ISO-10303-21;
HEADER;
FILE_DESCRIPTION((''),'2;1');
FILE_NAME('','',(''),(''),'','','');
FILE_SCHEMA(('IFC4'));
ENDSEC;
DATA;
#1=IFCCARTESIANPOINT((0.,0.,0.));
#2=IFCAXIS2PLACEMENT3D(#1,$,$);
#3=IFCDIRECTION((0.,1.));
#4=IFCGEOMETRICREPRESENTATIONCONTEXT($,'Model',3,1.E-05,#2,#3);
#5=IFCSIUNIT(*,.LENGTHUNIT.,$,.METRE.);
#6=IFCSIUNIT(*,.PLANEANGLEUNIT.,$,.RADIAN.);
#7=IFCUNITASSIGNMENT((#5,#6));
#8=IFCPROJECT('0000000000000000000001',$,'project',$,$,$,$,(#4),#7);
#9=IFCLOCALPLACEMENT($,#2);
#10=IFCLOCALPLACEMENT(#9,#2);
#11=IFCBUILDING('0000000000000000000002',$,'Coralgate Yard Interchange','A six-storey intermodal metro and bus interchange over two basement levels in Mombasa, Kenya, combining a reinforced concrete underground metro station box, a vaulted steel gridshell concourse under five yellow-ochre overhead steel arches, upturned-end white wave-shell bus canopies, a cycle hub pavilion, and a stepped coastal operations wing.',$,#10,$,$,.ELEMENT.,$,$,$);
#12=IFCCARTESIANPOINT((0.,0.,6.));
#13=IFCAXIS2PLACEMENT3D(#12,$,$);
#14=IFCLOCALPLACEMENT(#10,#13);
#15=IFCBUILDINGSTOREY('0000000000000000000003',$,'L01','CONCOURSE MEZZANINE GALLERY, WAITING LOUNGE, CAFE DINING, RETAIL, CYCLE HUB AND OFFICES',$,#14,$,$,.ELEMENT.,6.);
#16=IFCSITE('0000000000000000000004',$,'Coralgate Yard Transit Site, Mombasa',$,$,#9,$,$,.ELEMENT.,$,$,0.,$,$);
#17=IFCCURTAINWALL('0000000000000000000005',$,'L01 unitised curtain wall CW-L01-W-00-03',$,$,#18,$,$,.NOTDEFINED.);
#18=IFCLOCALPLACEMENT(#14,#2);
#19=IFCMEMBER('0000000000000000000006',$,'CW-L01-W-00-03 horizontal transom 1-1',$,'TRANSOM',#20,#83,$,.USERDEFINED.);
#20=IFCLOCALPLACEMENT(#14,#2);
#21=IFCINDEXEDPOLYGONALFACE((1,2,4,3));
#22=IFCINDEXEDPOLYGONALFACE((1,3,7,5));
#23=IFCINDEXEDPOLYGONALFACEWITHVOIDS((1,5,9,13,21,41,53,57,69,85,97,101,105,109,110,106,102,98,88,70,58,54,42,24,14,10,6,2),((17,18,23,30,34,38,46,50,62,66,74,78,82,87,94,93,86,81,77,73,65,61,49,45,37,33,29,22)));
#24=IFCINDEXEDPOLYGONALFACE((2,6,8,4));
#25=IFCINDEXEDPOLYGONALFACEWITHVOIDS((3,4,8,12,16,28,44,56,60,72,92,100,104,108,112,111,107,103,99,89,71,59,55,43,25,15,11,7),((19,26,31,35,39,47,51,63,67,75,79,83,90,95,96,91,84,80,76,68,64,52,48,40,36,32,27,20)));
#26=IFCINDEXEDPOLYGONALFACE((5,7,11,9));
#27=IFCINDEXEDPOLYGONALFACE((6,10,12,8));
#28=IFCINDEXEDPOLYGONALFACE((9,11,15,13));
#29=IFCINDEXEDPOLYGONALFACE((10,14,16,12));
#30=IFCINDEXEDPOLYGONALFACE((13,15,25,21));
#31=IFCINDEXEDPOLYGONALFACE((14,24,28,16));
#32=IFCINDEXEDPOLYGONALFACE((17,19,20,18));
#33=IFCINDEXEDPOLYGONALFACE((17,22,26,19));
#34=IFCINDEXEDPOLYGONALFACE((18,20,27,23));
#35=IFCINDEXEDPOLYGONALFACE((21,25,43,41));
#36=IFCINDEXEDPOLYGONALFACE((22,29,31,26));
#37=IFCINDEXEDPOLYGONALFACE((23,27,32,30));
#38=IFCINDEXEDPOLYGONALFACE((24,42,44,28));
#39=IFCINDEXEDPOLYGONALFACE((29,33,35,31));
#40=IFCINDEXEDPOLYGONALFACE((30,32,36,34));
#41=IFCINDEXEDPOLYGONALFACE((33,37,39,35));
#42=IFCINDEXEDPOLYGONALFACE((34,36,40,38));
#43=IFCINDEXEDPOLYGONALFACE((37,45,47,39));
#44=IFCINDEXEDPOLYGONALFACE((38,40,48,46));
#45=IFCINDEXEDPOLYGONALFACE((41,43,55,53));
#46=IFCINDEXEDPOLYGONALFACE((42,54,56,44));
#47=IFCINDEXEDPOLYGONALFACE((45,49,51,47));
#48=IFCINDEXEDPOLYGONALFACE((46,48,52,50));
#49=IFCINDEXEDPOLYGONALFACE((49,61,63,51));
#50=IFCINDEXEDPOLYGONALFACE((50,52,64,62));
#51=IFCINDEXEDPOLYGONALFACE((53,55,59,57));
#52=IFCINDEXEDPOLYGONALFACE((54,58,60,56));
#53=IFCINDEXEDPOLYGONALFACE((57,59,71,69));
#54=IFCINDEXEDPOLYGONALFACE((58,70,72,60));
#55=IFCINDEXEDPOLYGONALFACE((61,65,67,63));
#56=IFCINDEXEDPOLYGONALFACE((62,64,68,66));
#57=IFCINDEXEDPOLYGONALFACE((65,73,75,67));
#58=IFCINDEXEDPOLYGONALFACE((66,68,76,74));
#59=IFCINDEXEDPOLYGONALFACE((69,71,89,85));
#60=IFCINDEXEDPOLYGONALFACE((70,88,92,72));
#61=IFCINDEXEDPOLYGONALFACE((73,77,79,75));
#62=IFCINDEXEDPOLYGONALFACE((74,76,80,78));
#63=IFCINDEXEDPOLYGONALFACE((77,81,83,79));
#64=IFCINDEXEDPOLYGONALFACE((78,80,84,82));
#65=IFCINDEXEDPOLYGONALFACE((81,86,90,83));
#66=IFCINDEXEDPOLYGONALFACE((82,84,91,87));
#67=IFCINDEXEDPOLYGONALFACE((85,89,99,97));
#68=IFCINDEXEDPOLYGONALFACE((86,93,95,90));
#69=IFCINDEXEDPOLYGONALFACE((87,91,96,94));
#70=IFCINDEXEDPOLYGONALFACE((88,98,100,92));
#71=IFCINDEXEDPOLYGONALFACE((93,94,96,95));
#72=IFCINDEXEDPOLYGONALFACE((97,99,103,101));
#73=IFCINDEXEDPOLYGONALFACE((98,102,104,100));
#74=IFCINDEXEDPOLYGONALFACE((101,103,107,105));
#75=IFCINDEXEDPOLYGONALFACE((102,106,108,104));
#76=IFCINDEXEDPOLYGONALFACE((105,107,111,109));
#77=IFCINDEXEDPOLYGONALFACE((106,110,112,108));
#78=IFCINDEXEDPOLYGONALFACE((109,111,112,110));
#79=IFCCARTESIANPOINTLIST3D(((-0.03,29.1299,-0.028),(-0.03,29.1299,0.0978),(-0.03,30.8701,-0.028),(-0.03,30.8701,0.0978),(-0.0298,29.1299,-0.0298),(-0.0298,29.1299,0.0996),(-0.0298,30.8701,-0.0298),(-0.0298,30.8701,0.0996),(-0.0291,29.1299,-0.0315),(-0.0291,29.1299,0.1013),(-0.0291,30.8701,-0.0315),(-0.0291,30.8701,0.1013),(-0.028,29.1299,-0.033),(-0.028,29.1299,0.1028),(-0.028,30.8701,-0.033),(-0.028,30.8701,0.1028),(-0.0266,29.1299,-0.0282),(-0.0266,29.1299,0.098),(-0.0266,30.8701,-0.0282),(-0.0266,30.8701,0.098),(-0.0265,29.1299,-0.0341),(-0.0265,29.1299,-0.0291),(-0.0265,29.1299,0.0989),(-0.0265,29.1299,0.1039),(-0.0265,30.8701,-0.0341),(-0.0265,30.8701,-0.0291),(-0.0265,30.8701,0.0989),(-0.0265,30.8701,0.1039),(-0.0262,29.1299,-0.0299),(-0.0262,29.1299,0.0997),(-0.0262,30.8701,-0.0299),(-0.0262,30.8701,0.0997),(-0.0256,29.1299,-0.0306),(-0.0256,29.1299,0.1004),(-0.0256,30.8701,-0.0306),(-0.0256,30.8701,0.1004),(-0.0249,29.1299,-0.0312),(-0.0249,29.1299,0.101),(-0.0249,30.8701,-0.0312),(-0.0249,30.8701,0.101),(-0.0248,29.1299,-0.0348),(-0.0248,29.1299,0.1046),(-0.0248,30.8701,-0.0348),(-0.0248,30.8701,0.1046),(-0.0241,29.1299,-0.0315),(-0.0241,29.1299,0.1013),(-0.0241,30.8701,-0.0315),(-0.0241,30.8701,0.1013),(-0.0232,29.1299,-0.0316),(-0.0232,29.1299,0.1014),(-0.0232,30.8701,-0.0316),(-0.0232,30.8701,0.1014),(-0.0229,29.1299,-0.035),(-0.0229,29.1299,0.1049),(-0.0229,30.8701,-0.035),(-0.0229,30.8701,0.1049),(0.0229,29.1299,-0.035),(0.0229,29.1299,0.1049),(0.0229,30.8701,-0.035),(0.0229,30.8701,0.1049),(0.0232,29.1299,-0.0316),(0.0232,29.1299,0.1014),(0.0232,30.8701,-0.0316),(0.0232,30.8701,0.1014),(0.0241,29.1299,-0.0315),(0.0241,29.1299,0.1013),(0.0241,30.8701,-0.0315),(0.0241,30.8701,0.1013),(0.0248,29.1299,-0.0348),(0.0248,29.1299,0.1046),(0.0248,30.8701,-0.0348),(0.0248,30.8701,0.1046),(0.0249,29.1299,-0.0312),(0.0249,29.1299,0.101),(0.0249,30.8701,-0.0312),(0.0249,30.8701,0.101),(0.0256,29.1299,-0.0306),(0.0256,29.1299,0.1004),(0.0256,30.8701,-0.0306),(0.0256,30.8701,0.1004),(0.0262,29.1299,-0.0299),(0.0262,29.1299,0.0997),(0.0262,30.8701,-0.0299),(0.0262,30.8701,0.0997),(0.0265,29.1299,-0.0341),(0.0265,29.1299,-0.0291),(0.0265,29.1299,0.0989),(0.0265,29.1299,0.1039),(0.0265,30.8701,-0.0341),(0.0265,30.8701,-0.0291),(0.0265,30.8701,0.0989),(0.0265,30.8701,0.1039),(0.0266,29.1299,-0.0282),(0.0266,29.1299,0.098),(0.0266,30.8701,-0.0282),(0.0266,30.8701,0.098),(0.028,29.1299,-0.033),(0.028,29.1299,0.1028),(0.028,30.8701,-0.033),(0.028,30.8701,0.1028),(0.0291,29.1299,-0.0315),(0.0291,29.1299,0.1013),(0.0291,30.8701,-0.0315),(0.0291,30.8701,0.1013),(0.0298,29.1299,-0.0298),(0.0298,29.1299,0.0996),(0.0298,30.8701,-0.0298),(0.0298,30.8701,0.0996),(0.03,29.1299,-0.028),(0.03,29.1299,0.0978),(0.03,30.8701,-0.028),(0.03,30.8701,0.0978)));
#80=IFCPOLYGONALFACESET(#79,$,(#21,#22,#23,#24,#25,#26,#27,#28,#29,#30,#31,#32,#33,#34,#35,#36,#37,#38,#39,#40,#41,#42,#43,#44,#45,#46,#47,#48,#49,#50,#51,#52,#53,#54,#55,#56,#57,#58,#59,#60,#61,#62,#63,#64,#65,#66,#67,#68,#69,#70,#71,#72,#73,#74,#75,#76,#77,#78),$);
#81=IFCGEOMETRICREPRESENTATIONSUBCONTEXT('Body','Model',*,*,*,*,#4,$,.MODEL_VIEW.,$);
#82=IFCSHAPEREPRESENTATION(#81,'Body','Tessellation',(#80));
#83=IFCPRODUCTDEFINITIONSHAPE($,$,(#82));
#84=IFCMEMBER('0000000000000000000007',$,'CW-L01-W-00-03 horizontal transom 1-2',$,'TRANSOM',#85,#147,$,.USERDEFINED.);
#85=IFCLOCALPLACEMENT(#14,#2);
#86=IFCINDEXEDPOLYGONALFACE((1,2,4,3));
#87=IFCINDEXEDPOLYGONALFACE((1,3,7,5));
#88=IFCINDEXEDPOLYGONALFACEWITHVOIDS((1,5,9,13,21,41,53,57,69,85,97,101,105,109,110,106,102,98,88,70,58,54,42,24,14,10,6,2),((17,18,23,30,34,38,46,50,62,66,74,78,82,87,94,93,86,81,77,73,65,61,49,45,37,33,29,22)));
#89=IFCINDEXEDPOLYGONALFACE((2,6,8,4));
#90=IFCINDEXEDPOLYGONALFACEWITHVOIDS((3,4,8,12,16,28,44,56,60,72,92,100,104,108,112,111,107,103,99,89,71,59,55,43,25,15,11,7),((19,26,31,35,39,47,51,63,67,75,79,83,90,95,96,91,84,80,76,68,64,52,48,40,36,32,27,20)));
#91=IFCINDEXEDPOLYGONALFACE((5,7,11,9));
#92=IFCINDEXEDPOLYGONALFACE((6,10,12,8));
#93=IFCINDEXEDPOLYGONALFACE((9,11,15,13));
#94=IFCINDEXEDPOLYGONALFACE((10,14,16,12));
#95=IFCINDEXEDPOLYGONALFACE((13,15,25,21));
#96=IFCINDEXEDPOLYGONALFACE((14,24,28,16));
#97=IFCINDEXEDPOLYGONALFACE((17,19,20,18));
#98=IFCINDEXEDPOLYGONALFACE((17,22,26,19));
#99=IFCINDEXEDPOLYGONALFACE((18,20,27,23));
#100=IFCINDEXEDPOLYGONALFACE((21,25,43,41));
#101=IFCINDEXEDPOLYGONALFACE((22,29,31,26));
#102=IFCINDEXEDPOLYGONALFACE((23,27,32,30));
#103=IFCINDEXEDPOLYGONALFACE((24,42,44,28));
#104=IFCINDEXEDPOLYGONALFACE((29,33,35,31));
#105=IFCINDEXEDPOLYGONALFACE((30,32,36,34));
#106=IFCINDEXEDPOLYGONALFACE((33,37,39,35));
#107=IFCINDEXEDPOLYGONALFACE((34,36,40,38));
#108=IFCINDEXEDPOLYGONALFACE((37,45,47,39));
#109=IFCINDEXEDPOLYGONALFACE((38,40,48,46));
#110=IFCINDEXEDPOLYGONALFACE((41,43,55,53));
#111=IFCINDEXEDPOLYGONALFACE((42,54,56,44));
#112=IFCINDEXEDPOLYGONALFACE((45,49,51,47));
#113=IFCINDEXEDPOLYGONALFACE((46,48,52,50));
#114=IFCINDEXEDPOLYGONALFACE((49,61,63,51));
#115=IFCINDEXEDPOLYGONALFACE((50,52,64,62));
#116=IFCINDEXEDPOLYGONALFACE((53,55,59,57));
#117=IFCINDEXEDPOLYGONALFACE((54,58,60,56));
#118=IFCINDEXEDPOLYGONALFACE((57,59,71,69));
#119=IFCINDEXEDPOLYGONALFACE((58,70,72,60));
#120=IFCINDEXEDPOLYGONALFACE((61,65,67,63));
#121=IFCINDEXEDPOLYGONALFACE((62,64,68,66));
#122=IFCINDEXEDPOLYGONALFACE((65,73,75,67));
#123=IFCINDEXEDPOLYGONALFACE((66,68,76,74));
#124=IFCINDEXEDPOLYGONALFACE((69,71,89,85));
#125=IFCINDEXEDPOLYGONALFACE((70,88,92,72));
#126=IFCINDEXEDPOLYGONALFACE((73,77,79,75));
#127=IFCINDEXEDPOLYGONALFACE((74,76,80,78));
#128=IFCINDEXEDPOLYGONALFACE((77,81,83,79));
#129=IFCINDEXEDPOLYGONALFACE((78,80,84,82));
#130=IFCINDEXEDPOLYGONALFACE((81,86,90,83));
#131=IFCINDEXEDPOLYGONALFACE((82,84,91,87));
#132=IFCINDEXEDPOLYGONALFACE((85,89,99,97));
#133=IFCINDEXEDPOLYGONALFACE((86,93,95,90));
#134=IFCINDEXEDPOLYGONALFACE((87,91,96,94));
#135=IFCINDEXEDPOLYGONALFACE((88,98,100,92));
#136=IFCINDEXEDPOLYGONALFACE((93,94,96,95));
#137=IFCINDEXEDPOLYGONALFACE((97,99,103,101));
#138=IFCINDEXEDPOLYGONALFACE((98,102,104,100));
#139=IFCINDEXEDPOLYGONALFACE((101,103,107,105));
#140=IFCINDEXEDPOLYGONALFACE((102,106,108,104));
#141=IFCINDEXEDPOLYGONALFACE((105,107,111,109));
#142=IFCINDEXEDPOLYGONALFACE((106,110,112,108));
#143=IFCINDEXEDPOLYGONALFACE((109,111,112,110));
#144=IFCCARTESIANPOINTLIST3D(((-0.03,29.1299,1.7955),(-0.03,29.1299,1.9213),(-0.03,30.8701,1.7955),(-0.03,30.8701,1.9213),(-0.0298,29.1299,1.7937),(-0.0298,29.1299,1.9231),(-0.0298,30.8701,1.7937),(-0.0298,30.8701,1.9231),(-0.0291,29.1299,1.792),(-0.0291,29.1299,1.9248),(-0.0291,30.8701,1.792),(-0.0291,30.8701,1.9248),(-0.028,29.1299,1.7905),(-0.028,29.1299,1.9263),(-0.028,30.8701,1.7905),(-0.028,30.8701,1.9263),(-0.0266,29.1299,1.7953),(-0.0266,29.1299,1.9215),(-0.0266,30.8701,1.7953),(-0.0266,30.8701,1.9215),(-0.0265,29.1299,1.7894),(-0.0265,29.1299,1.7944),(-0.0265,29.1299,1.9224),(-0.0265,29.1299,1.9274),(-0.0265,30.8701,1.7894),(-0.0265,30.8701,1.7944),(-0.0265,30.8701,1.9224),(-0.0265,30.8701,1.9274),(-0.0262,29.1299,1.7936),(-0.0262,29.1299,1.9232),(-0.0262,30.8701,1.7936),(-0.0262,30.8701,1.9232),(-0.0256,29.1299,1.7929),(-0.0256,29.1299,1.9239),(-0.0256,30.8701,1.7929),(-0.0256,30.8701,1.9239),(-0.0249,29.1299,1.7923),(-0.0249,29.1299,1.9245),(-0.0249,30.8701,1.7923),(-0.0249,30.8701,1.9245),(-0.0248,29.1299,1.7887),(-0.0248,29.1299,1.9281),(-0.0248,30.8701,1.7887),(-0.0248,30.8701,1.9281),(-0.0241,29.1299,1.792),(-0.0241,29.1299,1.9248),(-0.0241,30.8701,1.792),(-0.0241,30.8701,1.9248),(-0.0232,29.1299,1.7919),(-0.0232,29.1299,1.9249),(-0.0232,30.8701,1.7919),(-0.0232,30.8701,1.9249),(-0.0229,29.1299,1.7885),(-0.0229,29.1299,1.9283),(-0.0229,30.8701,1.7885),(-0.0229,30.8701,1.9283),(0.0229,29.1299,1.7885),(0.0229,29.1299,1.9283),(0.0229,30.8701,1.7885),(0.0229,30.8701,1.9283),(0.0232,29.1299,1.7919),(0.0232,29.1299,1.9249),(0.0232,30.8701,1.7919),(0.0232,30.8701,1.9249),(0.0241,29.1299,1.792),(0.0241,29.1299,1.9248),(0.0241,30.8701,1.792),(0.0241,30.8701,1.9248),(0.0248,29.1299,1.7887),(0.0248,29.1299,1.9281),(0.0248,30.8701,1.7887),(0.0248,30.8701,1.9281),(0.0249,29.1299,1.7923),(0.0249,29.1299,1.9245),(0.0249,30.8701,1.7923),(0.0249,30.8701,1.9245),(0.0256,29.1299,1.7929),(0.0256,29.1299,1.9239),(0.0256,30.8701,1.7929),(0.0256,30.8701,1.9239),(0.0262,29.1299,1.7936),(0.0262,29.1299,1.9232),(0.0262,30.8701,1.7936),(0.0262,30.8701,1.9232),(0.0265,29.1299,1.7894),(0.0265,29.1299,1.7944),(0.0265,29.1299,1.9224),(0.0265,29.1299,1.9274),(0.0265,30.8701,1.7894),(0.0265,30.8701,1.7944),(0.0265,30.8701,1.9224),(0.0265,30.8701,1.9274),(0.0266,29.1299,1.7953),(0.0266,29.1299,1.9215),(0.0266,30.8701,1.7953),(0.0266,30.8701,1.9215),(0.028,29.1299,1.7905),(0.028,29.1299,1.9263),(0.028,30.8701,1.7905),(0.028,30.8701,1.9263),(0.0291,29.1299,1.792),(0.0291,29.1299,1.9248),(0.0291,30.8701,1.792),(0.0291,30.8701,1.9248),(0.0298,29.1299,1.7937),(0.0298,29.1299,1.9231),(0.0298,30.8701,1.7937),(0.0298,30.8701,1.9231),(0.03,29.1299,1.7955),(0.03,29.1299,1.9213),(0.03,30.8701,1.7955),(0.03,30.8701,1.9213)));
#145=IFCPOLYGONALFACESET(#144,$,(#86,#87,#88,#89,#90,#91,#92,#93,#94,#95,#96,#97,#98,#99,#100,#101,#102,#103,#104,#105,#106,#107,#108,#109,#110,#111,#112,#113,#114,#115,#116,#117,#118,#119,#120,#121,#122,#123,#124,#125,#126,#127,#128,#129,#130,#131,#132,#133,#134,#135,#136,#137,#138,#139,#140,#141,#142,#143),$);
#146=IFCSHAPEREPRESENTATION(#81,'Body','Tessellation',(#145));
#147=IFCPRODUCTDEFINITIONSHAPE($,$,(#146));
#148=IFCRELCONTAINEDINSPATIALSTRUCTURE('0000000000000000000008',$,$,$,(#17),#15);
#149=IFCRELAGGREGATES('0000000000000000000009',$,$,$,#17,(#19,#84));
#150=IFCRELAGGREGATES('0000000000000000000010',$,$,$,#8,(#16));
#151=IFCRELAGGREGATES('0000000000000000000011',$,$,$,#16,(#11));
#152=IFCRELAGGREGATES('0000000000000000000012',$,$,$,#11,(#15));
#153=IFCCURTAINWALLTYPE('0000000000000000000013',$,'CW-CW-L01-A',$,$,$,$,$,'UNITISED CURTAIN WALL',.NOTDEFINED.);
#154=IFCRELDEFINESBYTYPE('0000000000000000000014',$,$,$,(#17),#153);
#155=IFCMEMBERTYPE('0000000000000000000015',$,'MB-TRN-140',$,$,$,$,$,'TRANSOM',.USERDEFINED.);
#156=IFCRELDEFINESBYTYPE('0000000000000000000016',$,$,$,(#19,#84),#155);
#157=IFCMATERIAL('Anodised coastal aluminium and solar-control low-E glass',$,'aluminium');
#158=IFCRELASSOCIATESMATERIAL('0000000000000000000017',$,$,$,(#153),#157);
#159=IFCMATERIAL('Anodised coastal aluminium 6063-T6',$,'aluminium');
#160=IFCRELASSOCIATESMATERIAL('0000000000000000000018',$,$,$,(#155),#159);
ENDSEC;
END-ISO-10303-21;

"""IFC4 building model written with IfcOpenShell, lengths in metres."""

from ifc_helpers import new_model, si_unit, direction, frame, origin, origin_2d, place, context, subcontext, project, spatial, hollow_rectangle, extrude, material, material_profile, profile_set, type_object, element, aggregate, save


model = new_model("IFC4")

# Units and contexts
model_context = context("Model", 3, precision=1e-05, world=origin(), true_north=direction((0.0, 1.0)))
body_context = subcontext(model_context, "Body", "Model", "MODEL_VIEW")
ifc_project = project(units=[si_unit("LENGTHUNIT", "METRE"), si_unit("PLANEANGLEUNIT", "RADIAN")], contexts=[model_context])

# Site, building, storey
site_placement = place(None, origin())
site = spatial("IfcSite", under=ifc_project, at=site_placement, Name="Coralgate Yard Transit Site, Mombasa", CompositionType="ELEMENT", RefElevation=0.0)
building_placement = place(site_placement, origin())
building = spatial("IfcBuilding", under=site, at=building_placement, Name="Coralgate Yard Interchange", Description="A six-storey intermodal metro and bus interchange over two basement levels in Mombasa, Kenya, combining a reinforced concrete underground metro station box, a vaulted steel gridshell concourse under five yellow-ochre overhead steel arches, upturned-end white wave-shell bus canopies, a cycle hub pavilion, and a stepped coastal operations wing.", CompositionType="ELEMENT")
storey_placement = place(building_placement, frame((0.0, 0.0, 6.0)))
storey = spatial("IfcBuildingStorey", under=building, at=storey_placement, Name="L01", Description="CONCOURSE MEZZANINE GALLERY, WAITING LOUNGE, CAFE DINING, RETAIL, CYCLE HUB AND OFFICES", CompositionType="ELEMENT", Elevation=6.0)

# Curtain wall, members
ifc_material_1 = material(Name="Anodised coastal aluminium and solar-control low-E glass", Category="aluminium")
curtain_wall_type = type_object("IfcCurtainWallType", Name="CW-CW-L01-A", ElementType="UNITISED CURTAIN WALL", PredefinedType="NOTDEFINED", material=ifc_material_1)
curtain_wall_placement = place(storey_placement, origin())
curtain_wall = element("IfcCurtainWall", 1, at=curtain_wall_placement, inside=storey, type_object=curtain_wall_type, Name="L01 unitised curtain wall CW-L01-W-00-03", PredefinedType="NOTDEFINED")
ifc_material_2 = material(Name="Anodised coastal aluminium 6063-T6", Category="aluminium")
ifc_material_profile_1 = material_profile(ifc_material_2, hollow_rectangle(XDim=0.0601, YDim=0.1399, WallThickness=0.0034, InnerFilletRadius=0.0034, OuterFilletRadius=0.0071, at=origin_2d()), Name="ALU 60x140x3.5")
ifc_profile_set_1 = profile_set([ifc_material_profile_1], Name="Anodised coastal aluminium 6063-T6")
member_type_1 = type_object("IfcMemberType", Name="MB-TRN-140", ElementType="TRANSOM", PredefinedType="USERDEFINED", material=ifc_profile_set_1)
member_1_placement = place(storey_placement, frame((0.0, 29.1299, 0.0349), z_axis=(0.0, 1.0, 0.0), x_axis=(-1.0, 0.0, 0.0)))
member_1 = element("IfcMember", 2, at=member_1_placement, type_object=member_type_1, Name="CW-L01-W-00-03 horizontal transom 1-1", ObjectType="TRANSOM", PredefinedType="USERDEFINED", context=body_context, shape_type="SweptSolid", body=[
    extrude(hollow_rectangle(XDim=0.0601, YDim=0.1399, WallThickness=0.0034, InnerFilletRadius=0.0034, OuterFilletRadius=0.0071, at=origin_2d()), origin(), (0.0, 0.0, 1.0), 1.7402),
])
member_2_placement = place(storey_placement, frame((0.0, 29.1299, 1.8584), z_axis=(0.0, 1.0, 0.0), x_axis=(-1.0, 0.0, 0.0)))
member_2 = element("IfcMember", 3, at=member_2_placement, type_object=member_type_1, Name="CW-L01-W-00-03 horizontal transom 1-2", ObjectType="TRANSOM", PredefinedType="USERDEFINED", context=body_context, shape_type="SweptSolid", body=[
    extrude(hollow_rectangle(XDim=0.0601, YDim=0.1399, WallThickness=0.0034, InnerFilletRadius=0.0034, OuterFilletRadius=0.0071, at=origin_2d()), origin(), (0.0, 0.0, 1.0), 1.7402),
])
aggregate(curtain_wall, [member_1, member_2])

save(model, "model.ifc")
